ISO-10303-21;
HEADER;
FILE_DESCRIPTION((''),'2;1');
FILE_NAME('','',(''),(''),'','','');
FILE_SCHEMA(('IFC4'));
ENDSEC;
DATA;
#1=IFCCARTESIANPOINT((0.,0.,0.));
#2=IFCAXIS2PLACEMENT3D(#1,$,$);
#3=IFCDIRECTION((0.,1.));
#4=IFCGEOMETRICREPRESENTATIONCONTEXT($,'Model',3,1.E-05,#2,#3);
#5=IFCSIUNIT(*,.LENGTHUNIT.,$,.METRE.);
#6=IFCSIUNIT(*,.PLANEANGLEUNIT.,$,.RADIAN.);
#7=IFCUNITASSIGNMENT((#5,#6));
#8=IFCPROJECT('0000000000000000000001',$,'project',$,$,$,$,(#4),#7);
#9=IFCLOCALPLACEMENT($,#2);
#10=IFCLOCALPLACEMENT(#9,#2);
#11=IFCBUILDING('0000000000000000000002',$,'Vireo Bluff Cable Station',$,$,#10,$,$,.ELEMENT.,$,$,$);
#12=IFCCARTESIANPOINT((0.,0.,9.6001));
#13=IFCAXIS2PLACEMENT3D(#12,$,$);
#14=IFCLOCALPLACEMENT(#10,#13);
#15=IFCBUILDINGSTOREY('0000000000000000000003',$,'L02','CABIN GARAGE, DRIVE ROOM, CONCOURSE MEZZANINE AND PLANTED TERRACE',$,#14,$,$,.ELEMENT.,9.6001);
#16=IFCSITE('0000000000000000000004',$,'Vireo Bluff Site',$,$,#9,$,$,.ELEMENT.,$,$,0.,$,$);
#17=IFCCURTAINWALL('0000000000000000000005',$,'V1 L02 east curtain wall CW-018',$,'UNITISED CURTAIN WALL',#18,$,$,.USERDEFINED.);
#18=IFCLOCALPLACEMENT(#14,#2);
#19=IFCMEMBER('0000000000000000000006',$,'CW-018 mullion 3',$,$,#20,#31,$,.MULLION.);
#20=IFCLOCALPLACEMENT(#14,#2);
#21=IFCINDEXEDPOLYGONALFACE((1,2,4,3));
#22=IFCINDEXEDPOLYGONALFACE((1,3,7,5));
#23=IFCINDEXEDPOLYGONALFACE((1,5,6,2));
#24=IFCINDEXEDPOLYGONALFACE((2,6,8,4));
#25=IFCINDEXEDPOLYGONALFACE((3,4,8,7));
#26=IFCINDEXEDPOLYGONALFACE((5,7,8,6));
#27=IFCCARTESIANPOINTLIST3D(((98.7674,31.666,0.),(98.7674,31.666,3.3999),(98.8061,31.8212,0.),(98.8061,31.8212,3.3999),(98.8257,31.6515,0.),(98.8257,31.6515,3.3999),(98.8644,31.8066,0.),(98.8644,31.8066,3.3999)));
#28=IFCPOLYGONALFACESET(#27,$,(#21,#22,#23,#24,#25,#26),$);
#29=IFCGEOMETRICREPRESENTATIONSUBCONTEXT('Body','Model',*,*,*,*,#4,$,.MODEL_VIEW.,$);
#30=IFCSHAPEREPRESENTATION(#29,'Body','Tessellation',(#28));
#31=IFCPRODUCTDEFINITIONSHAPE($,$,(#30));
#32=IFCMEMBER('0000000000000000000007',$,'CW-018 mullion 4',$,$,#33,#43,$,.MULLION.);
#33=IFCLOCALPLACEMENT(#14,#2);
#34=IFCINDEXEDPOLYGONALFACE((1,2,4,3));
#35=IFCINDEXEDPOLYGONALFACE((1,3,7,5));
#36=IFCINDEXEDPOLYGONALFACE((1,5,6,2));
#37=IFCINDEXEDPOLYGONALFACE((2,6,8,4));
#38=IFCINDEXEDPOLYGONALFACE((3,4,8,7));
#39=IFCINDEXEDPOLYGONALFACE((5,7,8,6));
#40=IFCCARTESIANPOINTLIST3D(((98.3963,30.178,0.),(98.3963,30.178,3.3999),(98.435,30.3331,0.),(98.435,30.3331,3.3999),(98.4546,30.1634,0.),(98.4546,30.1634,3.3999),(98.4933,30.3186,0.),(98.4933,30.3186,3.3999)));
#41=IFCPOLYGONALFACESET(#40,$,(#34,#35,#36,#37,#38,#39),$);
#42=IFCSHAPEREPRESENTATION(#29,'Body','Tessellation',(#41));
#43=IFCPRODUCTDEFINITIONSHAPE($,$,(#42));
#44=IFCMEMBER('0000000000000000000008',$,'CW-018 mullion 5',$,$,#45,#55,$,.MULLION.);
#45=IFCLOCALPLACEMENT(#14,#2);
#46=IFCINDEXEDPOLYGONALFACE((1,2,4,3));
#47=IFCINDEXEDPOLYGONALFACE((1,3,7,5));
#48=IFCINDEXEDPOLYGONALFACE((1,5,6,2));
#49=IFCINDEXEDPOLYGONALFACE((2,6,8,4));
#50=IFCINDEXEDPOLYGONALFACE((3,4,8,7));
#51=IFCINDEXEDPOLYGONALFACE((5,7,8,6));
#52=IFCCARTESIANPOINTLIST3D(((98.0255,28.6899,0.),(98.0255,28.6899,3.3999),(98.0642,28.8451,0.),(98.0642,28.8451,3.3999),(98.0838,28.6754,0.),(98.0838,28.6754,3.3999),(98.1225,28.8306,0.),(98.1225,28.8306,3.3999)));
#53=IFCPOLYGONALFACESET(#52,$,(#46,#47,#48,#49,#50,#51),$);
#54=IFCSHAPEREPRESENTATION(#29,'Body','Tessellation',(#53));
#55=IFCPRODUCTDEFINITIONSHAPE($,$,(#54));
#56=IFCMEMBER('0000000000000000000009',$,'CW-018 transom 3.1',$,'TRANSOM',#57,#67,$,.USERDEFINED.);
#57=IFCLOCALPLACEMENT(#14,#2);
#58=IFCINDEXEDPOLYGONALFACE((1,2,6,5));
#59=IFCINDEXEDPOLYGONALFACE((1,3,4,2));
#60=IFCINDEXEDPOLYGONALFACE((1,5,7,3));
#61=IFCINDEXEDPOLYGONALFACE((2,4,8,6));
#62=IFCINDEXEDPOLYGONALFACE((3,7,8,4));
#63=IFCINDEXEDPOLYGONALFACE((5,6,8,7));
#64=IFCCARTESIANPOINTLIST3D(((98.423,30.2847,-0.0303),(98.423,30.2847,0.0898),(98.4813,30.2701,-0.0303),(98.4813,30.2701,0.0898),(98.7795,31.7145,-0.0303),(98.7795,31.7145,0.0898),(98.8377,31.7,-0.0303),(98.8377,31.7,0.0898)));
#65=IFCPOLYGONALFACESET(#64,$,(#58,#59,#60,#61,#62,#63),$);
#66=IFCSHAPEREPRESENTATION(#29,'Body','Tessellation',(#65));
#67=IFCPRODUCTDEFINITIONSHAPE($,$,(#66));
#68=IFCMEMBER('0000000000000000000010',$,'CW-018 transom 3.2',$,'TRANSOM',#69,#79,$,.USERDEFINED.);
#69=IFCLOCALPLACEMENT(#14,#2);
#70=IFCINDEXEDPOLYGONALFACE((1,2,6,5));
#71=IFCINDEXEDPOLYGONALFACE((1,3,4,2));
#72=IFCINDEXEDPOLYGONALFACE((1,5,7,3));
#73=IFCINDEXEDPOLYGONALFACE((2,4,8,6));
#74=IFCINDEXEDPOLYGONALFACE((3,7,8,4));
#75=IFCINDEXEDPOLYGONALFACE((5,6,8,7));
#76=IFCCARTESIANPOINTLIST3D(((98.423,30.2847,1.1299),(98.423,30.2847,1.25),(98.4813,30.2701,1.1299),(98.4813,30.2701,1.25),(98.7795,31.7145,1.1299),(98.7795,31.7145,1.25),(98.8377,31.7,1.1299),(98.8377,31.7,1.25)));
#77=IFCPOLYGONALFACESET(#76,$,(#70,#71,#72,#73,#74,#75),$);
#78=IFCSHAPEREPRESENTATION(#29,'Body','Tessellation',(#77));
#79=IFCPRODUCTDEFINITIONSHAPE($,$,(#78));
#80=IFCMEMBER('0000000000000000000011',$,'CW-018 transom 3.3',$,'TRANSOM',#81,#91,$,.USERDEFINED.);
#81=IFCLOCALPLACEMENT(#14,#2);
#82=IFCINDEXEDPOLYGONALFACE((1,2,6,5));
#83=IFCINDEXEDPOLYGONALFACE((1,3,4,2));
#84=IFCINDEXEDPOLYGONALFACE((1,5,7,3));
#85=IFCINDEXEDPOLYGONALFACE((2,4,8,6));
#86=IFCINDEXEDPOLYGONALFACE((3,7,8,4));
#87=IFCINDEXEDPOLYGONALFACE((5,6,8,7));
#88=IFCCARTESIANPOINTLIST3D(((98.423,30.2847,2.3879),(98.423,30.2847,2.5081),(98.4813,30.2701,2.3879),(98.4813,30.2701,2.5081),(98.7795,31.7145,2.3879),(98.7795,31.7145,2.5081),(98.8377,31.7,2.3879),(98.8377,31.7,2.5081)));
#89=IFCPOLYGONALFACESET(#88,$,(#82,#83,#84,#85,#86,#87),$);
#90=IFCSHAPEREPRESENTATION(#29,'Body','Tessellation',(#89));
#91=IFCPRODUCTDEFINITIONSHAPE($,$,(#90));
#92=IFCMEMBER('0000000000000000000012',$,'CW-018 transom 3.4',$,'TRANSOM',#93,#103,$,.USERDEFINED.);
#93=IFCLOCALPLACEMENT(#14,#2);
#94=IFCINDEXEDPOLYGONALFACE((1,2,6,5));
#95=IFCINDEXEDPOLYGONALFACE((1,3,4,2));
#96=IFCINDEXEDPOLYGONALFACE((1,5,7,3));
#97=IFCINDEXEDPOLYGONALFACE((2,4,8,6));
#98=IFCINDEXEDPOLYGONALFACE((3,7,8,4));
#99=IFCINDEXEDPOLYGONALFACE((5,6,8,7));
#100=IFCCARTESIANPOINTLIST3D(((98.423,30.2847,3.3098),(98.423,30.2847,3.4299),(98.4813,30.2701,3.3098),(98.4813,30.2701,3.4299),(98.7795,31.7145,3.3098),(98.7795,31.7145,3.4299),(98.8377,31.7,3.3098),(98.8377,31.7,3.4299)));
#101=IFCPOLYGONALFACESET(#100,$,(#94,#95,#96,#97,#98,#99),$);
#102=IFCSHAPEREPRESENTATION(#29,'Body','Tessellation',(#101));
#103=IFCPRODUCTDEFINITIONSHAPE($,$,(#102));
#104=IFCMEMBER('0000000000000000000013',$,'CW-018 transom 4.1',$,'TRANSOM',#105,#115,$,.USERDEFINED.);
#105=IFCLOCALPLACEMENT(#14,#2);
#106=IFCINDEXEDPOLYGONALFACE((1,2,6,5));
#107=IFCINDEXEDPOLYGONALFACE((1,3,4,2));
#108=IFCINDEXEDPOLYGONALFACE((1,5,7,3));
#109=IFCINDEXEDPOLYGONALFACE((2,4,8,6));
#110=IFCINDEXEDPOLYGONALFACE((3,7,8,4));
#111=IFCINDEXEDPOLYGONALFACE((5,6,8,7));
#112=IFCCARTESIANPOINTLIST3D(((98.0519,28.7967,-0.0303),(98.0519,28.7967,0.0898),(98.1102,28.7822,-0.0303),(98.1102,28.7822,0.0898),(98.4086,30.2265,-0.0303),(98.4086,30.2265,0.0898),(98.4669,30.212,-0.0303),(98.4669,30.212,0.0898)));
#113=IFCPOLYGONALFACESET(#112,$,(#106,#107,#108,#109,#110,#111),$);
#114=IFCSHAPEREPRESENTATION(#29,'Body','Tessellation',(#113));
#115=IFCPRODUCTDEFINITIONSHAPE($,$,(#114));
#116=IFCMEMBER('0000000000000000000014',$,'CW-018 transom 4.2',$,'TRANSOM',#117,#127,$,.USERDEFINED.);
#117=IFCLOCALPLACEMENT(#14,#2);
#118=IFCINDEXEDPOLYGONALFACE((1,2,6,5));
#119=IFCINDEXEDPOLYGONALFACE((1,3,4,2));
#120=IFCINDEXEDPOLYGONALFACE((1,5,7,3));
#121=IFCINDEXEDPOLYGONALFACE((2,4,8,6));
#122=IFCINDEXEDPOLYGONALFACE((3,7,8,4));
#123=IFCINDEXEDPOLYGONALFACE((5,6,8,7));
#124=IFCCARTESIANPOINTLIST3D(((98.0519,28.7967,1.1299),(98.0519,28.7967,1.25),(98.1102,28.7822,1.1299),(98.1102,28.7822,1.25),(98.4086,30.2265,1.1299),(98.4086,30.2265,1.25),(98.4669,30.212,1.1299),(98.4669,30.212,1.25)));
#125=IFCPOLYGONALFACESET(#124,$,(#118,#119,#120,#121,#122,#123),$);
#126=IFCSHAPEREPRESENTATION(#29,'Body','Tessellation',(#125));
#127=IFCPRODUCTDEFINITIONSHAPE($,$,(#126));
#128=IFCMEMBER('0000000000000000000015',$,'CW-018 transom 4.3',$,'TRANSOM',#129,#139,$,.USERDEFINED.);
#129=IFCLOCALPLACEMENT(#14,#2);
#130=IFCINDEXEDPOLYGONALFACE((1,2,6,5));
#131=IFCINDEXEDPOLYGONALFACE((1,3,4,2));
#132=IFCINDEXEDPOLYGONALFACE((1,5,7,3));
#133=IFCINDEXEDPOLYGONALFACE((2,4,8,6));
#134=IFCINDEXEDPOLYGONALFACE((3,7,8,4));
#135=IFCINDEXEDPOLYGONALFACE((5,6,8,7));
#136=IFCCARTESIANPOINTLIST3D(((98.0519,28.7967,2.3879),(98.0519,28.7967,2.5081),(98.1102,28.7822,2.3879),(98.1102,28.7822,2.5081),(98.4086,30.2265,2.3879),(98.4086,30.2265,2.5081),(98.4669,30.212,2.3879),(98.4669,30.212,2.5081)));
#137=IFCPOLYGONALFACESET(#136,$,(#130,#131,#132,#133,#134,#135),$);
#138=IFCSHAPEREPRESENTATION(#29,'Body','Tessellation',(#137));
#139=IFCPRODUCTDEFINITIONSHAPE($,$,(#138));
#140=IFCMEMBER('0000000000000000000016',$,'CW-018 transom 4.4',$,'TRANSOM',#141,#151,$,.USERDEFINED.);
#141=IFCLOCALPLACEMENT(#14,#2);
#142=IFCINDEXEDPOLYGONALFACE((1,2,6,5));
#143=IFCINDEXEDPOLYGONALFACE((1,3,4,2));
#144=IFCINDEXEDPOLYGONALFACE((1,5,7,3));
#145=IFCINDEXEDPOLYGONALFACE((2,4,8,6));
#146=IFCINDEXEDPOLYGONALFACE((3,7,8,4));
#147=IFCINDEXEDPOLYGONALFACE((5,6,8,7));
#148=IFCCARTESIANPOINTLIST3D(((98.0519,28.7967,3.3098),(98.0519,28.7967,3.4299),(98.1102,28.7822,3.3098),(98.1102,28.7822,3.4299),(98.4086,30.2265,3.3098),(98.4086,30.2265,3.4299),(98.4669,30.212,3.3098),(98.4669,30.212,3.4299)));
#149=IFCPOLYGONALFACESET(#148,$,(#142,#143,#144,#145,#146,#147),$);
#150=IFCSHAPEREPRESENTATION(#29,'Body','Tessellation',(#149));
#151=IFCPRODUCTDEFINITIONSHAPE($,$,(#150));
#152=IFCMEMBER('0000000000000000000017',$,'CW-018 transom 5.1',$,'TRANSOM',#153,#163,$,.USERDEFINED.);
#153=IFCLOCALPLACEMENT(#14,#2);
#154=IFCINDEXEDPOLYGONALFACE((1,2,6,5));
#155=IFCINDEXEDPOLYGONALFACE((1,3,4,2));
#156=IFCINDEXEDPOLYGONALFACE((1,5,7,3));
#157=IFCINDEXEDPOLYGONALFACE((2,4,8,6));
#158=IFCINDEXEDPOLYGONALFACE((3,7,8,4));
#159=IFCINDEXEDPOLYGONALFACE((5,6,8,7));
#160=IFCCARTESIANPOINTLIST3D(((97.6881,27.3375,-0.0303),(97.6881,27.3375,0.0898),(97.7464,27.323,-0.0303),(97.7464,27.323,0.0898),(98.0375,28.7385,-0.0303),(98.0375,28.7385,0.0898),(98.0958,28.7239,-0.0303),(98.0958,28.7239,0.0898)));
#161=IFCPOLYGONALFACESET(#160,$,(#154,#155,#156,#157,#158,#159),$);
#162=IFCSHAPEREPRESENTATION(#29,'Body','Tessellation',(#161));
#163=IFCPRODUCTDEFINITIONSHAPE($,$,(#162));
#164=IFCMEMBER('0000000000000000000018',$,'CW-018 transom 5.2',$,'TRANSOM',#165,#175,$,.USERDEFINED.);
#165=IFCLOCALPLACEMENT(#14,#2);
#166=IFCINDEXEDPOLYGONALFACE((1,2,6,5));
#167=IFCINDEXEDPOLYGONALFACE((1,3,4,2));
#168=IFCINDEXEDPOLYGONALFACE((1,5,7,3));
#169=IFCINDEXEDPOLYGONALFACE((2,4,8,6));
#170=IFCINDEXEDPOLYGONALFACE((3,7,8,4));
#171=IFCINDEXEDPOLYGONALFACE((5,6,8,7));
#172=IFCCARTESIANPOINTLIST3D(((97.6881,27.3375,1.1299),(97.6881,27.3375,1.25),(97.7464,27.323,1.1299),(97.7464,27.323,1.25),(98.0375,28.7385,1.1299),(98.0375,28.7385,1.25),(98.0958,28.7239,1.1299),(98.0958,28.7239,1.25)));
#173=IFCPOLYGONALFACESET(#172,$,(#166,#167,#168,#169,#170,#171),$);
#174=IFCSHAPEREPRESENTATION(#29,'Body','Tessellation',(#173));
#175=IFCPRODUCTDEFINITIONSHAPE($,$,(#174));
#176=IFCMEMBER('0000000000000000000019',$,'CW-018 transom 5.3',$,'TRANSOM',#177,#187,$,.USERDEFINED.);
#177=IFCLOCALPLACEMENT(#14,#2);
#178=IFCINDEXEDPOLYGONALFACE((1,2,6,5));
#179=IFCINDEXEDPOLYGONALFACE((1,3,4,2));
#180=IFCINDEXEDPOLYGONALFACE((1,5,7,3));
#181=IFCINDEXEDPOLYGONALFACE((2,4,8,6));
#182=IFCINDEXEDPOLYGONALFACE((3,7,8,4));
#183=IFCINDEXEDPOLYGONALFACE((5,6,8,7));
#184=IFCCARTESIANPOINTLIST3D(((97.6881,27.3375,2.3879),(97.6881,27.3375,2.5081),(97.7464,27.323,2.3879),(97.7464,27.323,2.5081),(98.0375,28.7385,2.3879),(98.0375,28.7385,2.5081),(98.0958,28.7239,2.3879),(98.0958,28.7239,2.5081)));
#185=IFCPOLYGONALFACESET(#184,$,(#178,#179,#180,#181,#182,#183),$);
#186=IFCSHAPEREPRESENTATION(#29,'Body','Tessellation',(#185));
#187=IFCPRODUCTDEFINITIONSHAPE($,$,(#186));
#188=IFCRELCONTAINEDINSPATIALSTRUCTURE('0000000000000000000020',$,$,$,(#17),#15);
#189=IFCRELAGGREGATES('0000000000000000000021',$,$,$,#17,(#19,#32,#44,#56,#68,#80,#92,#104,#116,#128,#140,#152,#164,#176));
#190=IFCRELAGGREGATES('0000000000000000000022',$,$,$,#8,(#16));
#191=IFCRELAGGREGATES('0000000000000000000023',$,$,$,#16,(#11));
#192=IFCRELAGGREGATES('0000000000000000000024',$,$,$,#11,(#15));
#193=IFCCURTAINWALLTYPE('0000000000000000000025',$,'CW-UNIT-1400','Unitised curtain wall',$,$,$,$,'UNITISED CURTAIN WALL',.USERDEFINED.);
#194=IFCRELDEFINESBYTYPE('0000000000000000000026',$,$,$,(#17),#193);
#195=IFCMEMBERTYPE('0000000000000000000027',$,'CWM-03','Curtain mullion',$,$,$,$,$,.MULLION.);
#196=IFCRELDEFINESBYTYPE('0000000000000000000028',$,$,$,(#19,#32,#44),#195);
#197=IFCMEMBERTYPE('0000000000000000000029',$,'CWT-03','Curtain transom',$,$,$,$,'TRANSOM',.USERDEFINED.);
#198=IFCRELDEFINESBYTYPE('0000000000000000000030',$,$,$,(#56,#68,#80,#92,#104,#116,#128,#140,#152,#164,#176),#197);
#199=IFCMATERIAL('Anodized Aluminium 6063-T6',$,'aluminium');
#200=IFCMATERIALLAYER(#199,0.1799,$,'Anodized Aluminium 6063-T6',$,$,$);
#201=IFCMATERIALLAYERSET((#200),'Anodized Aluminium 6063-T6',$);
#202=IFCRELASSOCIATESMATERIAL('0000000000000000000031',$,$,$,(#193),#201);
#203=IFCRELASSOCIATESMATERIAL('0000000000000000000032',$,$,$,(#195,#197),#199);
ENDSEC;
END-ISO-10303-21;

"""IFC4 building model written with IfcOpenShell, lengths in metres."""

from ifc_helpers import new_model, si_unit, direction, frame, origin, origin_2d, place, context, subcontext, project, spatial, rectangle, extrude, material, layer, layer_set, material_profile, profile_set, type_object, element, aggregate, save


model = new_model("IFC4")

# Units and contexts
model_context = context("Model", 3, precision=1e-05, world=origin(), true_north=direction((0.0, 1.0)))
body_context = subcontext(model_context, "Body", "Model", "MODEL_VIEW")
ifc_project = project(units=[si_unit("LENGTHUNIT", "METRE"), si_unit("PLANEANGLEUNIT", "RADIAN")], contexts=[model_context])

# Site, building, storey
site_placement = place(None, origin())
site = spatial("IfcSite", under=ifc_project, at=site_placement, Name="Vireo Bluff Site", CompositionType="ELEMENT", RefElevation=0.0)
building_placement = place(site_placement, origin())
building = spatial("IfcBuilding", under=site, at=building_placement, Name="Vireo Bluff Cable Station", CompositionType="ELEMENT")
storey_placement = place(building_placement, frame((0.0, 0.0, 9.6001)))
storey = spatial("IfcBuildingStorey", under=building, at=storey_placement, Name="L02", Description="CABIN GARAGE, DRIVE ROOM, CONCOURSE MEZZANINE AND PLANTED TERRACE", CompositionType="ELEMENT", Elevation=9.6001)

# Curtain wall, members
ifc_material_1 = material(Name="Anodized Aluminium 6063-T6", Category="aluminium")
ifc_layer_1 = layer(ifc_material_1, 0.1799, Name="Anodized Aluminium 6063-T6")
ifc_layer_set_1 = layer_set([ifc_layer_1], Name="Anodized Aluminium 6063-T6")
curtain_wall_type = type_object("IfcCurtainWallType", Name="CW-UNIT-1400", Description="Unitised curtain wall", ElementType="UNITISED CURTAIN WALL", PredefinedType="USERDEFINED", material=ifc_layer_set_1)
curtain_wall_placement = place(storey_placement, origin())
curtain_wall = element("IfcCurtainWall", 1, at=curtain_wall_placement, inside=storey, type_object=curtain_wall_type, Name="V1 L02 east curtain wall CW-018", ObjectType="UNITISED CURTAIN WALL", PredefinedType="USERDEFINED")
ifc_material_profile_1 = material_profile(ifc_material_1, rectangle(XDim=0.0601, YDim=0.1599, at=origin_2d()), Name="ALU-M-60X160")
ifc_profile_set_1 = profile_set([ifc_material_profile_1], Name="Anodized Aluminium 6063-T6")
member_type_1 = type_object("IfcMemberType", Name="CWM-03", Description="Curtain mullion", PredefinedType="MULLION", material=ifc_profile_set_1)
member_1_placement = place(storey_placement, frame((98.8159, 31.7363, 0.0), z_axis=(0.0, 0.0, 1.0), x_axis=(0.970296, -0.241922, 0.0)))
member_1 = element("IfcMember", 2, at=member_1_placement, type_object=member_type_1, Name="CW-018 mullion 3", PredefinedType="MULLION", context=body_context, shape_type="SweptSolid", body=[
    extrude(rectangle(XDim=0.0601, YDim=0.1599, at=origin_2d()), origin(), (0.0, 0.0, 1.0), 3.3999),
])
member_2_placement = place(storey_placement, frame((98.4448, 30.2483, 0.0), z_axis=(0.0, 0.0, 1.0), x_axis=(0.970296, -0.241922, 0.0)))
member_2 = element("IfcMember", 3, at=member_2_placement, type_object=member_type_1, Name="CW-018 mullion 4", PredefinedType="MULLION", context=body_context, shape_type="SweptSolid", body=[
    extrude(rectangle(XDim=0.0601, YDim=0.1599, at=origin_2d()), origin(), (0.0, 0.0, 1.0), 3.3999),
])
member_3_placement = place(storey_placement, frame((98.074, 28.7603, 0.0), z_axis=(0.0, 0.0, 1.0), x_axis=(0.970296, -0.241922, 0.0)))
member_3 = element("IfcMember", 4, at=member_3_placement, type_object=member_type_1, Name="CW-018 mullion 5", PredefinedType="MULLION", context=body_context, shape_type="SweptSolid", body=[
    extrude(rectangle(XDim=0.0601, YDim=0.1599, at=origin_2d()), origin(), (0.0, 0.0, 1.0), 3.3999),
])
ifc_material_profile_2 = material_profile(ifc_material_1, rectangle(XDim=0.0601, YDim=0.1201, at=origin_2d()), Name="ALU-T-60X120")
ifc_profile_set_2 = profile_set([ifc_material_profile_2], Name="Anodized Aluminium 6063-T6")
member_type_2 = type_object("IfcMemberType", Name="CWT-03", Description="Curtain transom", ElementType="TRANSOM", PredefinedType="USERDEFINED", material=ifc_profile_set_2)
member_4_placement = place(storey_placement, frame((98.8086, 31.7073, 0.0298), z_axis=(-0.241873, -0.970308, 0.0), x_axis=(0.970308, -0.241873, 0.0)))
member_4 = element("IfcMember", 5, at=member_4_placement, type_object=member_type_2, Name="CW-018 transom 3.1", ObjectType="TRANSOM", PredefinedType="USERDEFINED", context=body_context, shape_type="SweptSolid", body=[
    extrude(rectangle(XDim=0.0601, YDim=0.1201, at=origin_2d()), origin(), (0.0, 0.0, 1.0), 1.4736),
])
member_5_placement = place(storey_placement, frame((98.8086, 31.7073, 1.1899), z_axis=(-0.241873, -0.970308, 0.0), x_axis=(0.970308, -0.241873, 0.0)))
member_5 = element("IfcMember", 6, at=member_5_placement, type_object=member_type_2, Name="CW-018 transom 3.2", ObjectType="TRANSOM", PredefinedType="USERDEFINED", context=body_context, shape_type="SweptSolid", body=[
    extrude(rectangle(XDim=0.0601, YDim=0.1201, at=origin_2d()), origin(), (0.0, 0.0, 1.0), 1.4736),
])
member_6_placement = place(storey_placement, frame((98.8086, 31.7073, 2.448), z_axis=(-0.241873, -0.970308, 0.0), x_axis=(0.970308, -0.241873, 0.0)))
member_6 = element("IfcMember", 7, at=member_6_placement, type_object=member_type_2, Name="CW-018 transom 3.3", ObjectType="TRANSOM", PredefinedType="USERDEFINED", context=body_context, shape_type="SweptSolid", body=[
    extrude(rectangle(XDim=0.0601, YDim=0.1201, at=origin_2d()), origin(), (0.0, 0.0, 1.0), 1.4736),
])
member_7_placement = place(storey_placement, frame((98.8086, 31.7073, 3.3699), z_axis=(-0.241873, -0.970308, 0.0), x_axis=(0.970308, -0.241873, 0.0)))
member_7 = element("IfcMember", 8, at=member_7_placement, type_object=member_type_2, Name="CW-018 transom 3.4", ObjectType="TRANSOM", PredefinedType="USERDEFINED", context=body_context, shape_type="SweptSolid", body=[
    extrude(rectangle(XDim=0.0601, YDim=0.1201, at=origin_2d()), origin(), (0.0, 0.0, 1.0), 1.4736),
])
member_8_placement = place(storey_placement, frame((98.4377, 30.2192, 0.0298), z_axis=(-0.242029, -0.970269, 0.0), x_axis=(0.970269, -0.242029, 0.0)))
member_8 = element("IfcMember", 9, at=member_8_placement, type_object=member_type_2, Name="CW-018 transom 4.1", ObjectType="TRANSOM", PredefinedType="USERDEFINED", context=body_context, shape_type="SweptSolid", body=[
    extrude(rectangle(XDim=0.0601, YDim=0.1201, at=origin_2d()), origin(), (0.0, 0.0, 1.0), 1.4736),
])
member_9_placement = place(storey_placement, frame((98.4377, 30.2192, 1.1899), z_axis=(-0.242029, -0.970269, 0.0), x_axis=(0.970269, -0.242029, 0.0)))
member_9 = element("IfcMember", 10, at=member_9_placement, type_object=member_type_2, Name="CW-018 transom 4.2", ObjectType="TRANSOM", PredefinedType="USERDEFINED", context=body_context, shape_type="SweptSolid", body=[
    extrude(rectangle(XDim=0.0601, YDim=0.1201, at=origin_2d()), origin(), (0.0, 0.0, 1.0), 1.4736),
])
member_10_placement = place(storey_placement, frame((98.4377, 30.2192, 2.448), z_axis=(-0.242029, -0.970269, 0.0), x_axis=(0.970269, -0.242029, 0.0)))
member_10 = element("IfcMember", 11, at=member_10_placement, type_object=member_type_2, Name="CW-018 transom 4.3", ObjectType="TRANSOM", PredefinedType="USERDEFINED", context=body_context, shape_type="SweptSolid", body=[
    extrude(rectangle(XDim=0.0601, YDim=0.1201, at=origin_2d()), origin(), (0.0, 0.0, 1.0), 1.4736),
])
member_11_placement = place(storey_placement, frame((98.4377, 30.2192, 3.3699), z_axis=(-0.242029, -0.970269, 0.0), x_axis=(0.970269, -0.242029, 0.0)))
member_11 = element("IfcMember", 12, at=member_11_placement, type_object=member_type_2, Name="CW-018 transom 4.4", ObjectType="TRANSOM", PredefinedType="USERDEFINED", context=body_context, shape_type="SweptSolid", body=[
    extrude(rectangle(XDim=0.0601, YDim=0.1201, at=origin_2d()), origin(), (0.0, 0.0, 1.0), 1.4736),
])
member_12_placement = place(storey_placement, frame((98.0667, 28.7312, 0.0298), z_axis=(-0.241979, -0.970282, 0.0), x_axis=(0.970282, -0.241979, 0.0)))
member_12 = element("IfcMember", 13, at=member_12_placement, type_object=member_type_2, Name="CW-018 transom 5.1", ObjectType="TRANSOM", PredefinedType="USERDEFINED", context=body_context, shape_type="SweptSolid", body=[
    extrude(rectangle(XDim=0.0601, YDim=0.1201, at=origin_2d()), origin(), (0.0, 0.0, 1.0), 1.4438),
])
member_13_placement = place(storey_placement, frame((98.0667, 28.7312, 1.1899), z_axis=(-0.241979, -0.970282, 0.0), x_axis=(0.970282, -0.241979, 0.0)))
member_13 = element("IfcMember", 14, at=member_13_placement, type_object=member_type_2, Name="CW-018 transom 5.2", ObjectType="TRANSOM", PredefinedType="USERDEFINED", context=body_context, shape_type="SweptSolid", body=[
    extrude(rectangle(XDim=0.0601, YDim=0.1201, at=origin_2d()), origin(), (0.0, 0.0, 1.0), 1.4438),
])
member_14_placement = place(storey_placement, frame((98.0667, 28.7312, 2.448), z_axis=(-0.241979, -0.970282, 0.0), x_axis=(0.970282, -0.241979, 0.0)))
member_14 = element("IfcMember", 15, at=member_14_placement, type_object=member_type_2, Name="CW-018 transom 5.3", ObjectType="TRANSOM", PredefinedType="USERDEFINED", context=body_context, shape_type="SweptSolid", body=[
    extrude(rectangle(XDim=0.0601, YDim=0.1201, at=origin_2d()), origin(), (0.0, 0.0, 1.0), 1.4438),
])

aggregate(curtain_wall, [member_1, member_2, member_3, member_4, member_5, member_6, member_7, member_8, member_9, member_10, member_11, member_12, member_13, member_14])

save(model, "model.ifc")
